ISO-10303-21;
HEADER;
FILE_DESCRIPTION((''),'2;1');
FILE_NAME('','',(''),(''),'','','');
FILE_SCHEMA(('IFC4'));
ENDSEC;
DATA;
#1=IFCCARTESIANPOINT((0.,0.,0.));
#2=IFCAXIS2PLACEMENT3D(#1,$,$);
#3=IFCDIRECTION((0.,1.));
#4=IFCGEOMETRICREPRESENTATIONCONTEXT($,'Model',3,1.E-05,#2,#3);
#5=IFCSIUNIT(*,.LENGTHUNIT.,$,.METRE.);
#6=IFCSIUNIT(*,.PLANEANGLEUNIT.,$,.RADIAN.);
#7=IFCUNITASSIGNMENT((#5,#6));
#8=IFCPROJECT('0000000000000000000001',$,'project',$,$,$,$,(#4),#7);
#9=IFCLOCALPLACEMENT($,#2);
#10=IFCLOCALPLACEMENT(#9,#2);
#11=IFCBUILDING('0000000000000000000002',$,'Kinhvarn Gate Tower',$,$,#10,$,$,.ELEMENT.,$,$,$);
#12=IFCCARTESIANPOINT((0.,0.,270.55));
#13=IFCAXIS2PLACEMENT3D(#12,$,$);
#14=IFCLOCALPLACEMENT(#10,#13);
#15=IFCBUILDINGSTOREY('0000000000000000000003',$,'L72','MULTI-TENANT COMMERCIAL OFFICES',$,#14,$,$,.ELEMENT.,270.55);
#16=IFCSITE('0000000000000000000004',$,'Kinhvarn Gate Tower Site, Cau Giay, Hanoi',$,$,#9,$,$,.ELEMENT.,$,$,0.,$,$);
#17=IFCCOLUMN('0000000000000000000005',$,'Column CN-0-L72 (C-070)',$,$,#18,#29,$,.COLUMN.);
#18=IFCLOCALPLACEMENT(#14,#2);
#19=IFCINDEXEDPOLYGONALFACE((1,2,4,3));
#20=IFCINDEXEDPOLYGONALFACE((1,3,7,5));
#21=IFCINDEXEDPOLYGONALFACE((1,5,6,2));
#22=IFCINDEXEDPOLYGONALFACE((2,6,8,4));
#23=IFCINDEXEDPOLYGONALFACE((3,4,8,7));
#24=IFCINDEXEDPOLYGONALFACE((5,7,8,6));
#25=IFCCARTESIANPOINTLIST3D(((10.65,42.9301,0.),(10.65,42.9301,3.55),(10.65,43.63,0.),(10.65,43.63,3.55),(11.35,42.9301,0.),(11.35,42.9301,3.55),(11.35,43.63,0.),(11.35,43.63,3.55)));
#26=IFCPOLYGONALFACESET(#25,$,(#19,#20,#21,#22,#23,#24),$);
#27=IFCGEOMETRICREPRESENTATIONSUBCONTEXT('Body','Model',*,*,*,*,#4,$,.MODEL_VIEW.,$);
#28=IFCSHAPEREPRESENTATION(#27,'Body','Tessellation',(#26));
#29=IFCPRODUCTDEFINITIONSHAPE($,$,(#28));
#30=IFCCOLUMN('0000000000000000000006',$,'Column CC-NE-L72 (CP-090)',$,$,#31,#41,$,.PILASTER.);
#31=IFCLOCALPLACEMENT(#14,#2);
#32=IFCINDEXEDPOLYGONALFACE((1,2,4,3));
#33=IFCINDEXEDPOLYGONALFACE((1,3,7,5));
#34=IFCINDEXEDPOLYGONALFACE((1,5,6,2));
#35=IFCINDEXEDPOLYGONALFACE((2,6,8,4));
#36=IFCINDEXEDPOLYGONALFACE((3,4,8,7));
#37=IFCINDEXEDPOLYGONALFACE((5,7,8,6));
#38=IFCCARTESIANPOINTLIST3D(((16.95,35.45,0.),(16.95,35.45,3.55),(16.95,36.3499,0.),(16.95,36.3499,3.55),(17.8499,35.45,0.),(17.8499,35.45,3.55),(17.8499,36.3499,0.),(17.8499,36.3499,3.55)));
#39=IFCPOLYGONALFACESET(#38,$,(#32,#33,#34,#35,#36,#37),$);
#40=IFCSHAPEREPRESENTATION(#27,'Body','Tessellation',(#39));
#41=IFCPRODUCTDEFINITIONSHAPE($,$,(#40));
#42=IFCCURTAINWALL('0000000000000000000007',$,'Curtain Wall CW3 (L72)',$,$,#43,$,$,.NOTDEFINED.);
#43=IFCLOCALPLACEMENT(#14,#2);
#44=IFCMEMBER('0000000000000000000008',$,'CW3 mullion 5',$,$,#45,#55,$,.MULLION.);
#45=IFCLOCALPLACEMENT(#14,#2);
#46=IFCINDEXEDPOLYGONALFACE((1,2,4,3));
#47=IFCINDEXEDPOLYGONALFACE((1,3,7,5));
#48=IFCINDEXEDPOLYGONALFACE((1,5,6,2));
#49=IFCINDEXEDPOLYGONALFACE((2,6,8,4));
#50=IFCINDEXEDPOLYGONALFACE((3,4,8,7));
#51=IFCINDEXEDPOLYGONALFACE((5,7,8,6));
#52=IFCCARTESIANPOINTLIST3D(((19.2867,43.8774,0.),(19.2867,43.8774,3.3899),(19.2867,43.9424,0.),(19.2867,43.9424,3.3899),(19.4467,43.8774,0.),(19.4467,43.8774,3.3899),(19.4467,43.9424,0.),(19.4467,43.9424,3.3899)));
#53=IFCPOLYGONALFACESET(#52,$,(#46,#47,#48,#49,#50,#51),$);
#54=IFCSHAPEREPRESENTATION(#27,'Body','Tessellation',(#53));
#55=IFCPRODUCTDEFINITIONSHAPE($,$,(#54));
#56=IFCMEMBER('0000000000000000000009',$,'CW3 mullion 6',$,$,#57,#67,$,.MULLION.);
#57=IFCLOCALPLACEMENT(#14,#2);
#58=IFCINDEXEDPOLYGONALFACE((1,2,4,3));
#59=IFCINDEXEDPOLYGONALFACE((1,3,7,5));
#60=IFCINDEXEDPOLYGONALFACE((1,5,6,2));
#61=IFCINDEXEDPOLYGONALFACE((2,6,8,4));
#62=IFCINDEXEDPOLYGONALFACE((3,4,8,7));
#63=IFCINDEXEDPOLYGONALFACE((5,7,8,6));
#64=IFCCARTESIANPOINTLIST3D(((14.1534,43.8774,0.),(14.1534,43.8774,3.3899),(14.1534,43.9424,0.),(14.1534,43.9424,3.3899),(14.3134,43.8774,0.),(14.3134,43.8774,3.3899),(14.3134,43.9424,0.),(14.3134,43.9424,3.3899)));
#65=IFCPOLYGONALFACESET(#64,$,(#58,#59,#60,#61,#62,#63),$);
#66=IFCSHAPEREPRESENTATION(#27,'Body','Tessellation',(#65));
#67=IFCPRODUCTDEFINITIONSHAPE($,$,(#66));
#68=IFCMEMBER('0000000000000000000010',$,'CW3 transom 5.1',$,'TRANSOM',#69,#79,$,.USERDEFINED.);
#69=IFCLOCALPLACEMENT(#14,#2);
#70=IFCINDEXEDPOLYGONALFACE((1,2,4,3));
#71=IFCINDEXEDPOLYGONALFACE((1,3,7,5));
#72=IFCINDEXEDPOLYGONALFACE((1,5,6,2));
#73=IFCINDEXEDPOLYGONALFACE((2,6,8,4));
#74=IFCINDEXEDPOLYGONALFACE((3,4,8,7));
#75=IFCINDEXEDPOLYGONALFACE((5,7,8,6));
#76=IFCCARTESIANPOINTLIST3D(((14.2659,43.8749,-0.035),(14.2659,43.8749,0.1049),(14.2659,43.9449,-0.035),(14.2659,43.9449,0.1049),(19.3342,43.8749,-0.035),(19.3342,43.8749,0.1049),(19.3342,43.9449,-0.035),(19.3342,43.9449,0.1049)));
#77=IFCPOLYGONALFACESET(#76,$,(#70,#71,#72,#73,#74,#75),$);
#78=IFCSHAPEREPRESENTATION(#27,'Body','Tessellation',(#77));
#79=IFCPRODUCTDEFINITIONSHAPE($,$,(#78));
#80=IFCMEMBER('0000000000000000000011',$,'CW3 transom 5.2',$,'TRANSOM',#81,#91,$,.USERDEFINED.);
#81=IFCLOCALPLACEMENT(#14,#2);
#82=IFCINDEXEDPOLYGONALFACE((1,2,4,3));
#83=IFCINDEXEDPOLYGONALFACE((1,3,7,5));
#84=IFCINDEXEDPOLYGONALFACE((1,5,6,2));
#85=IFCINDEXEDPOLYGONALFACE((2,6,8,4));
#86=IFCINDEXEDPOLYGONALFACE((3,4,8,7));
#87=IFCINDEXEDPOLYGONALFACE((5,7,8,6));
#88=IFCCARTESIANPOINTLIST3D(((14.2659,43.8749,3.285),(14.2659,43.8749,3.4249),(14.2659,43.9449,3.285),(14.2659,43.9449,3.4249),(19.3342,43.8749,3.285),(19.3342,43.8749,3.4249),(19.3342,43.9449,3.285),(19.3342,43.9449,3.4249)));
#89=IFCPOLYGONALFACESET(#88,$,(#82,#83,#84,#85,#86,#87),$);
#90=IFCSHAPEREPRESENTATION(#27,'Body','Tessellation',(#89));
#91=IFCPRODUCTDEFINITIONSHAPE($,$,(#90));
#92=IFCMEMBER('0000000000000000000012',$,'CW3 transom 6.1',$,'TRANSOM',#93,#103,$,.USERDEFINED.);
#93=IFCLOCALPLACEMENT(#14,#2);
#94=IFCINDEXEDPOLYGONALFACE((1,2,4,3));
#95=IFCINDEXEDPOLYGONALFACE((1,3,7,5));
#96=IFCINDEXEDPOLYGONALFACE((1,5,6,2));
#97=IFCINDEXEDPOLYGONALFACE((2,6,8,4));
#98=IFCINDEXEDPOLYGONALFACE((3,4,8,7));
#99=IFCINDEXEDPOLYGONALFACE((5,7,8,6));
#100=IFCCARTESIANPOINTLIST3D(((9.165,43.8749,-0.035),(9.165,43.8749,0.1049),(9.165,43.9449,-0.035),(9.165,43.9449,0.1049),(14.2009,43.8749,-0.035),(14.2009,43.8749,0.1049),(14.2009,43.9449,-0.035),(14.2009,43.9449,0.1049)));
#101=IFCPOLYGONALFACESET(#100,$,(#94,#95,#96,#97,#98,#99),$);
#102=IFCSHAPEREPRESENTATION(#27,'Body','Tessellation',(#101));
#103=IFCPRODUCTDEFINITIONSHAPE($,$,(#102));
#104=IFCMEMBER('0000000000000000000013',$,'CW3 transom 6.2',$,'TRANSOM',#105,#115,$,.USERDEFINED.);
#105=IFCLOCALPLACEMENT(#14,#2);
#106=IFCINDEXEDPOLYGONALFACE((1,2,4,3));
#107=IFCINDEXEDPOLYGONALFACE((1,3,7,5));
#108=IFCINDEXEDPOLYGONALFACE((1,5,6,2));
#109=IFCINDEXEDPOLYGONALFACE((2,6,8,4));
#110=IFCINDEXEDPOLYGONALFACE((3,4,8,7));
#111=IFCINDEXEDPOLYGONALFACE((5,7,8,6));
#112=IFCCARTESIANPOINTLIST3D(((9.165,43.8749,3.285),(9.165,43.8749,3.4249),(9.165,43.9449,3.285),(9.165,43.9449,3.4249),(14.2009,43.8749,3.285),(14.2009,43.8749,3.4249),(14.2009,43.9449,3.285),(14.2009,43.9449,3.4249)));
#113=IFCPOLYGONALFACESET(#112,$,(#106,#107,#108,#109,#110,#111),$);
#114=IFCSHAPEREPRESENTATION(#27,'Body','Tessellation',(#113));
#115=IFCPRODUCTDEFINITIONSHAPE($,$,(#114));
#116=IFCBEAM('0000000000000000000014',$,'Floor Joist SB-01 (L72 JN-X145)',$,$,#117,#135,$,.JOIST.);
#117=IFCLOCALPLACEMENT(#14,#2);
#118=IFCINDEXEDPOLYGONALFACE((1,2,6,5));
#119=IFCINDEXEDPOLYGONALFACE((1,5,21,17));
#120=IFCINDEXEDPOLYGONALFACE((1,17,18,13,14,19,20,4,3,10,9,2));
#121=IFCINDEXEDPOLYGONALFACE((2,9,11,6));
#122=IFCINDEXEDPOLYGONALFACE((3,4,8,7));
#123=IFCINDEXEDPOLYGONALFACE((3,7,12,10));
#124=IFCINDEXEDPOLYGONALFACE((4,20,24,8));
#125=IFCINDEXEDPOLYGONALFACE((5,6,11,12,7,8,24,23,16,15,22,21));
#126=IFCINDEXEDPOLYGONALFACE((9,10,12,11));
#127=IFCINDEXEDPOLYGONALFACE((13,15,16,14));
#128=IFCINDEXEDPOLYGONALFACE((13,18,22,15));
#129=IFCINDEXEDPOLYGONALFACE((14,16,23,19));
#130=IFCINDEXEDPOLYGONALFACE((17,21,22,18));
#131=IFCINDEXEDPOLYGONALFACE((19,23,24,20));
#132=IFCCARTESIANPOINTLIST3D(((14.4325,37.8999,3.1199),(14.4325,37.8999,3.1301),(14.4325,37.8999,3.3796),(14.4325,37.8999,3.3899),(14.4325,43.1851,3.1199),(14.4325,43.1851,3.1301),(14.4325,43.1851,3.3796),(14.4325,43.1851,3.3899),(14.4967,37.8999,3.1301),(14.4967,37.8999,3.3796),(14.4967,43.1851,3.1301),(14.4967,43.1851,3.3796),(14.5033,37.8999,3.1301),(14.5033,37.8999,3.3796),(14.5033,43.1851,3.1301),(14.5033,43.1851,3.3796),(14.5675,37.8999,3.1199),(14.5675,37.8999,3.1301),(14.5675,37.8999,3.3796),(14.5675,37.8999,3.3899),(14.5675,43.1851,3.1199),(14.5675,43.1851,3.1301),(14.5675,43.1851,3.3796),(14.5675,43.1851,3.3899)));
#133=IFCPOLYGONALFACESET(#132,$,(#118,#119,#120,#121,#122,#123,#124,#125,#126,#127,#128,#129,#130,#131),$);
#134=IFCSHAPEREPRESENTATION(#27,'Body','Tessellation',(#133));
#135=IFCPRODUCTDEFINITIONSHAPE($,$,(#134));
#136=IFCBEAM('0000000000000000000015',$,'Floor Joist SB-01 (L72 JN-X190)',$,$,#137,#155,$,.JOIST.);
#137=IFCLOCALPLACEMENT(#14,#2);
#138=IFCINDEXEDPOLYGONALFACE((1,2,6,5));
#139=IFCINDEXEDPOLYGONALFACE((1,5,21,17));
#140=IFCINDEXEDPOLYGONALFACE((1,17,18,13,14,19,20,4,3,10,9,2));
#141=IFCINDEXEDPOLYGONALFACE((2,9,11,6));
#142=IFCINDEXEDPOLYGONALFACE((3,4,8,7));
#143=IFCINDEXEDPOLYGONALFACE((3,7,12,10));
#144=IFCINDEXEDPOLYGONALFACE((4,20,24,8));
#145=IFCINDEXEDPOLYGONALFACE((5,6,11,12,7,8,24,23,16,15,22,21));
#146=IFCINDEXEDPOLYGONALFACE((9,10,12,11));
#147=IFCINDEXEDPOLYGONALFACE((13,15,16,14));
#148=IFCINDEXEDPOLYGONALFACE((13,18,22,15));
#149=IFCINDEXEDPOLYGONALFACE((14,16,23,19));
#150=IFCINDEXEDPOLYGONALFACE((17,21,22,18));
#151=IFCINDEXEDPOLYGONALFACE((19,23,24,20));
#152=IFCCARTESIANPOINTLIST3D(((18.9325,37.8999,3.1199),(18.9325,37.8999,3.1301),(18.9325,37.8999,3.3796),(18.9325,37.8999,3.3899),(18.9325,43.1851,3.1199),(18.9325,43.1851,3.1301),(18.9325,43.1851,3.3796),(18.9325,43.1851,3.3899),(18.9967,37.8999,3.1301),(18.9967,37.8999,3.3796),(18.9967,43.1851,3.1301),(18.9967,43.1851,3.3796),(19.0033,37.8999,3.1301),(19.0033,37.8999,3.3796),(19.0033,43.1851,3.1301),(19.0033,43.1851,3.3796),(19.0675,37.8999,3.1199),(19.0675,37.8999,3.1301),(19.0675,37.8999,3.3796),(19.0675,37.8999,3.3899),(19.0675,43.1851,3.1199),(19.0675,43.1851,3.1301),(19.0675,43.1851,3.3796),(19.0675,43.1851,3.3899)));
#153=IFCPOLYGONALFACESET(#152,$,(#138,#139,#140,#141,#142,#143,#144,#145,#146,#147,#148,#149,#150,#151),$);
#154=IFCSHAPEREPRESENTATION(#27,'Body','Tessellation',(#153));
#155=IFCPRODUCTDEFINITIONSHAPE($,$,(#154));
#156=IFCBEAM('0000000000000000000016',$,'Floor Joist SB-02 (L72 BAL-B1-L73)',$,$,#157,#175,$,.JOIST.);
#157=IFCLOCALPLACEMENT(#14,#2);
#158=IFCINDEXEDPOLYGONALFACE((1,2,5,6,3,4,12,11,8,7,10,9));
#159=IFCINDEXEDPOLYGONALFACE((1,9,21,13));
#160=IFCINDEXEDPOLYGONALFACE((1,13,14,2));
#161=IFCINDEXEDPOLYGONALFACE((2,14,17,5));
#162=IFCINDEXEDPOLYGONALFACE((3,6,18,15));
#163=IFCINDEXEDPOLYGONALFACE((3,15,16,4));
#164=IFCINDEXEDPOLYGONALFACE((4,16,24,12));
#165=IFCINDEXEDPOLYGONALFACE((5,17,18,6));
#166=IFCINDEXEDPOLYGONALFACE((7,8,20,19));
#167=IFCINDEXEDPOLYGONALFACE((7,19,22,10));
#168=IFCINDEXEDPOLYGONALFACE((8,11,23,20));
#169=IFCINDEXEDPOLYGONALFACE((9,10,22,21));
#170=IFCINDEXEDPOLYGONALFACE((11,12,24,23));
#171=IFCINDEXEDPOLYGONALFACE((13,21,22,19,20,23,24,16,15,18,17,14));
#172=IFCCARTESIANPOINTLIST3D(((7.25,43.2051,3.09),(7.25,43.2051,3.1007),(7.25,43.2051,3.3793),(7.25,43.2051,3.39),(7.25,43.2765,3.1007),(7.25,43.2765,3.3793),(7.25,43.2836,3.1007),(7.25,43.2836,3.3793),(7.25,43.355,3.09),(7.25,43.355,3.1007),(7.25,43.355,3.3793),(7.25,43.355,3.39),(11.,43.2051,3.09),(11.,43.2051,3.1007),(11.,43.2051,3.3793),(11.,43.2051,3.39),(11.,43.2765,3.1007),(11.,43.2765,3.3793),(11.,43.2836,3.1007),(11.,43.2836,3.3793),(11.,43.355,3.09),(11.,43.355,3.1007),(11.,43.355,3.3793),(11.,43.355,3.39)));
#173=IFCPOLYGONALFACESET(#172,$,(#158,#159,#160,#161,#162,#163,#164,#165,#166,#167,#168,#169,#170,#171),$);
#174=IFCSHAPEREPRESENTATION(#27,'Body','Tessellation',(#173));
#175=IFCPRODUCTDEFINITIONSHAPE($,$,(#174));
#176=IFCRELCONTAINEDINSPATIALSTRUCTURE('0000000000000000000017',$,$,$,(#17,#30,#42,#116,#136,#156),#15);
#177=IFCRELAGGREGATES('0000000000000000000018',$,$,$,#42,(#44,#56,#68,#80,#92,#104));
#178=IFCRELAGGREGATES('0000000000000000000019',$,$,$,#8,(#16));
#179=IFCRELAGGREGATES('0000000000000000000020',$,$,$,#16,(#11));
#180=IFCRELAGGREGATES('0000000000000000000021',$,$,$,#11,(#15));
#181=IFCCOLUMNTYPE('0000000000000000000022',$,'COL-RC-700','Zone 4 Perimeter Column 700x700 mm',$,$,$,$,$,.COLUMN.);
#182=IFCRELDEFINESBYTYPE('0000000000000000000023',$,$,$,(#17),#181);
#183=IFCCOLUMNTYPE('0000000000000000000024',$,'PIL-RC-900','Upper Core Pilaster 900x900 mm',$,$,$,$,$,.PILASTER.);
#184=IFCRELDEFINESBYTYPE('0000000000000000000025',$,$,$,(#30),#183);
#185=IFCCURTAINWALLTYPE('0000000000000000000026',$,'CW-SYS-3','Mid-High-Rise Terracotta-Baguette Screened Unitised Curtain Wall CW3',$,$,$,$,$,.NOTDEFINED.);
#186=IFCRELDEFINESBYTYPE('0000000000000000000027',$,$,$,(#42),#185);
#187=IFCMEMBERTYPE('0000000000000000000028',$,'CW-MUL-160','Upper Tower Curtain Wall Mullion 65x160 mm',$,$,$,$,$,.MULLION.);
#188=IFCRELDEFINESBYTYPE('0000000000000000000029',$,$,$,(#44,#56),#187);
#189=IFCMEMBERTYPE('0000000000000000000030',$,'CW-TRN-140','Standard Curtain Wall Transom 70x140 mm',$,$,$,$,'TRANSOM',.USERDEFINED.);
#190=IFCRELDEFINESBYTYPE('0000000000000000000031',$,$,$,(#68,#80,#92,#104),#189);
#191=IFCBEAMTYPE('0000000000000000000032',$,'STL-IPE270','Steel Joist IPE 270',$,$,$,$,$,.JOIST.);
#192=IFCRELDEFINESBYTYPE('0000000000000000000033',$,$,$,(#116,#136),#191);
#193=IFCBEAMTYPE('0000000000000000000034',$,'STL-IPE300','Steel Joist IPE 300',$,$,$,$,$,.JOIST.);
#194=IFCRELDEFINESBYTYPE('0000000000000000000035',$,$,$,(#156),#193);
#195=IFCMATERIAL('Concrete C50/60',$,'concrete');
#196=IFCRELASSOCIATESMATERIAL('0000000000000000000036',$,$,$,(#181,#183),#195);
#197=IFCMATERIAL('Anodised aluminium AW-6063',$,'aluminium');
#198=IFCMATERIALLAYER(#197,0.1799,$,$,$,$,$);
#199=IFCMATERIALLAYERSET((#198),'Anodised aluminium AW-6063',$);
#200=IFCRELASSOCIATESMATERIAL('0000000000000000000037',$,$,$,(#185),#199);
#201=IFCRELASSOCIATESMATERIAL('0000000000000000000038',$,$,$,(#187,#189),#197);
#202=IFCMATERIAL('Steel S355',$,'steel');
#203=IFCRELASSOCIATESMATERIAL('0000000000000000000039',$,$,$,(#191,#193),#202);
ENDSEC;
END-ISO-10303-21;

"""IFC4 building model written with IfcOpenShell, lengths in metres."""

from ifc_helpers import new_model, si_unit, direction, frame, origin, origin_2d, place, context, subcontext, project, spatial, rectangle, i_section, extrude, material, layer, layer_set, material_profile, profile_set, type_object, element, aggregate, save


model = new_model("IFC4")

# Units and contexts
model_context = context("Model", 3, precision=1e-05, world=origin(), true_north=direction((0.0, 1.0)))
body_context = subcontext(model_context, "Body", "Model", "MODEL_VIEW")
ifc_project = project(units=[si_unit("LENGTHUNIT", "METRE"), si_unit("PLANEANGLEUNIT", "RADIAN")], contexts=[model_context])

# Site, building, storey
site_placement = place(None, origin())
site = spatial("IfcSite", under=ifc_project, at=site_placement, Name="Kinhvarn Gate Tower Site, Cau Giay, Hanoi", CompositionType="ELEMENT", RefElevation=0.0)
building_placement = place(site_placement, origin())
building = spatial("IfcBuilding", under=site, at=building_placement, Name="Kinhvarn Gate Tower", CompositionType="ELEMENT")
storey_placement = place(building_placement, frame((0.0, 0.0, 270.55)))
storey = spatial("IfcBuildingStorey", under=building, at=storey_placement, Name="L72", Description="MULTI-TENANT COMMERCIAL OFFICES", CompositionType="ELEMENT", Elevation=270.55)

# Columns
ifc_material_1 = material(Name="Concrete C50/60", Category="concrete")
ifc_material_profile_1 = material_profile(ifc_material_1, rectangle(XDim=0.7, YDim=0.7, at=origin_2d()), Name="RC 700x700")
ifc_profile_set_1 = profile_set([ifc_material_profile_1], Name="Concrete C50/60")
column_type_1 = type_object("IfcColumnType", Name="COL-RC-700", Description="Zone 4 Perimeter Column 700x700 mm", PredefinedType="COLUMN", material=ifc_profile_set_1)
column_1_placement = place(storey_placement, frame((11.0, 43.28, 0.0), z_axis=(0.0, 0.0, 1.0), x_axis=(1.0, 0.0, 0.0)))
element("IfcColumn", 1, at=column_1_placement, inside=storey, type_object=column_type_1, Name="Column CN-0-L72 (C-070)", PredefinedType="COLUMN", context=body_context, shape_type="SweptSolid", body=[
    extrude(rectangle(XDim=0.7, YDim=0.7, at=origin_2d()), origin(), (0.0, 0.0, 1.0), 3.55),
])
ifc_material_profile_2 = material_profile(ifc_material_1, rectangle(XDim=0.8999, YDim=0.8999, at=origin_2d()), Name="RC 900x900")
ifc_profile_set_2 = profile_set([ifc_material_profile_2], Name="Concrete C50/60")
column_type_2 = type_object("IfcColumnType", Name="PIL-RC-900", Description="Upper Core Pilaster 900x900 mm", PredefinedType="PILASTER", material=ifc_profile_set_2)
column_2_placement = place(storey_placement, frame((17.3999, 35.8999, 0.0), z_axis=(0.0, 0.0, 1.0), x_axis=(1.0, 0.0, 0.0)))
element("IfcColumn", 2, at=column_2_placement, inside=storey, type_object=column_type_2, Name="Column CC-NE-L72 (CP-090)", PredefinedType="PILASTER", context=body_context, shape_type="SweptSolid", body=[
    extrude(rectangle(XDim=0.8999, YDim=0.8999, at=origin_2d()), origin(), (0.0, 0.0, 1.0), 3.55),
])

# Curtain wall, members
ifc_material_2 = material(Name="Anodised aluminium AW-6063", Category="aluminium")
ifc_layer_1 = layer(ifc_material_2, 0.1799)
ifc_layer_set_1 = layer_set([ifc_layer_1], Name="Anodised aluminium AW-6063")
curtain_wall_type = type_object("IfcCurtainWallType", Name="CW-SYS-3", Description="Mid-High-Rise Terracotta-Baguette Screened Unitised Curtain Wall CW3", PredefinedType="NOTDEFINED", material=ifc_layer_set_1)
curtain_wall_placement = place(storey_placement, origin())
curtain_wall = element("IfcCurtainWall", 3, at=curtain_wall_placement, inside=storey, type_object=curtain_wall_type, Name="Curtain Wall CW3 (L72)", PredefinedType="NOTDEFINED")
ifc_material_profile_3 = material_profile(ifc_material_2, rectangle(XDim=0.0649, YDim=0.1599, at=origin_2d()), Name="ALU 65x160")
ifc_profile_set_3 = profile_set([ifc_material_profile_3], Name="Anodised aluminium AW-6063")
member_type_1 = type_object("IfcMemberType", Name="CW-MUL-160", Description="Upper Tower Curtain Wall Mullion 65x160 mm", PredefinedType="MULLION", material=ifc_profile_set_3)
member_1_placement = place(storey_placement, frame((19.3667, 43.9099, 0.0), z_axis=(0.0, 0.0, 1.0), x_axis=(0.0, -1.0, 0.0)))
member_1 = element("IfcMember", 4, at=member_1_placement, type_object=member_type_1, Name="CW3 mullion 5", PredefinedType="MULLION", context=body_context, shape_type="SweptSolid", body=[
    extrude(rectangle(XDim=0.0649, YDim=0.1599, at=origin_2d()), origin(), (0.0, 0.0, 1.0), 3.3899),
])
member_2_placement = place(storey_placement, frame((14.2334, 43.9099, 0.0), z_axis=(0.0, 0.0, 1.0), x_axis=(0.0, -1.0, 0.0)))
member_2 = element("IfcMember", 5, at=member_2_placement, type_object=member_type_1, Name="CW3 mullion 6", PredefinedType="MULLION", context=body_context, shape_type="SweptSolid", body=[
    extrude(rectangle(XDim=0.0649, YDim=0.1599, at=origin_2d()), origin(), (0.0, 0.0, 1.0), 3.3899),
])
ifc_material_profile_4 = material_profile(ifc_material_2, rectangle(XDim=0.0701, YDim=0.1399, at=origin_2d()), Name="ALU 70x140")
ifc_profile_set_4 = profile_set([ifc_material_profile_4], Name="Anodised aluminium AW-6063")
member_type_2 = type_object("IfcMemberType", Name="CW-TRN-140", Description="Standard Curtain Wall Transom 70x140 mm", ElementType="TRANSOM", PredefinedType="USERDEFINED", material=ifc_profile_set_4)
member_3_placement = place(storey_placement, frame((19.3342, 43.9099, 0.0349), z_axis=(-1.0, 0.0, 0.0), x_axis=(0.0, -1.0, 0.0)))
member_3 = element("IfcMember", 6, at=member_3_placement, type_object=member_type_2, Name="CW3 transom 5.1", ObjectType="TRANSOM", PredefinedType="USERDEFINED", context=body_context, shape_type="SweptSolid", body=[
    extrude(rectangle(XDim=0.0701, YDim=0.1399, at=origin_2d()), origin(), (0.0, 0.0, 1.0), 5.0684),
])
member_4_placement = place(storey_placement, frame((19.3342, 43.9099, 3.355), z_axis=(-1.0, 0.0, 0.0), x_axis=(0.0, -1.0, 0.0)))
member_4 = element("IfcMember", 7, at=member_4_placement, type_object=member_type_2, Name="CW3 transom 5.2", ObjectType="TRANSOM", PredefinedType="USERDEFINED", context=body_context, shape_type="SweptSolid", body=[
    extrude(rectangle(XDim=0.0701, YDim=0.1399, at=origin_2d()), origin(), (0.0, 0.0, 1.0), 5.0684),
])
member_5_placement = place(storey_placement, frame((14.2009, 43.9099, 0.0349), z_axis=(-1.0, 0.0, 0.0), x_axis=(0.0, -1.0, 0.0)))
member_5 = element("IfcMember", 8, at=member_5_placement, type_object=member_type_2, Name="CW3 transom 6.1", ObjectType="TRANSOM", PredefinedType="USERDEFINED", context=body_context, shape_type="SweptSolid", body=[
    extrude(rectangle(XDim=0.0701, YDim=0.1399, at=origin_2d()), origin(), (0.0, 0.0, 1.0), 5.0359),
])
member_6_placement = place(storey_placement, frame((14.2009, 43.9099, 3.355), z_axis=(-1.0, 0.0, 0.0), x_axis=(0.0, -1.0, 0.0)))
member_6 = element("IfcMember", 9, at=member_6_placement, type_object=member_type_2, Name="CW3 transom 6.2", ObjectType="TRANSOM", PredefinedType="USERDEFINED", context=body_context, shape_type="SweptSolid", body=[
    extrude(rectangle(XDim=0.0701, YDim=0.1399, at=origin_2d()), origin(), (0.0, 0.0, 1.0), 5.0359),
])

# Beams
ifc_material_3 = material(Name="Steel S355", Category="steel")
ifc_material_profile_5 = material_profile(ifc_material_3, i_section(OverallWidth=0.135, OverallDepth=0.27, WebThickness=0.0066, FlangeThickness=0.0103, at=origin_2d()), Name="IPE 270")
ifc_profile_set_5 = profile_set([ifc_material_profile_5], Name="Steel S355")
beam_type_1 = type_object("IfcBeamType", Name="STL-IPE270", Description="Steel Joist IPE 270", PredefinedType="JOIST", material=ifc_profile_set_5)
for number, where, z_axis, x_axis, name in (
    (10, (14.5, 37.8999, 3.2549), (0.0, 1.0, 0.0), (-1.0, 0.0, 0.0), "Floor Joist SB-01 (L72 JN-X145)"),
    (11, (19.0, 37.8999, 3.2549), (0.0, 1.0, 0.0), (-1.0, 0.0, 0.0), "Floor Joist SB-01 (L72 JN-X190)"),
):
    element("IfcBeam", number, at=place(storey_placement, frame(where, z_axis=z_axis, x_axis=x_axis)), inside=storey, type_object=beam_type_1, Name=name, PredefinedType="JOIST", context=body_context, shape_type="SweptSolid", body=[
        extrude(i_section(OverallWidth=0.135, OverallDepth=0.27, WebThickness=0.0066, FlangeThickness=0.0103, at=origin_2d()), origin(), (0.0, 0.0, 1.0), 5.2852),
    ])
ifc_material_profile_6 = material_profile(ifc_material_3, i_section(OverallWidth=0.1499, OverallDepth=0.3, WebThickness=0.0071, FlangeThickness=0.0107, at=origin_2d()), Name="IPE 300")
ifc_profile_set_6 = profile_set([ifc_material_profile_6], Name="Steel S355")
beam_type_2 = type_object("IfcBeamType", Name="STL-IPE300", Description="Steel Joist IPE 300", PredefinedType="JOIST", material=ifc_profile_set_6)
beam_1_placement = place(storey_placement, frame((11.0, 43.28, 3.24), z_axis=(-1.0, 0.0, 0.0), x_axis=(0.0, -1.0, 0.0)))
element("IfcBeam", 12, at=beam_1_placement, inside=storey, type_object=beam_type_2, Name="Floor Joist SB-02 (L72 BAL-B1-L73)", PredefinedType="JOIST", context=body_context, shape_type="SweptSolid", body=[
    extrude(i_section(OverallWidth=0.1499, OverallDepth=0.3, WebThickness=0.0071, FlangeThickness=0.0107, at=origin_2d()), origin(), (0.0, 0.0, 1.0), 3.75),
])

aggregate(curtain_wall, [member_1, member_2, member_3, member_4, member_5, member_6])

save(model, "model.ifc")
